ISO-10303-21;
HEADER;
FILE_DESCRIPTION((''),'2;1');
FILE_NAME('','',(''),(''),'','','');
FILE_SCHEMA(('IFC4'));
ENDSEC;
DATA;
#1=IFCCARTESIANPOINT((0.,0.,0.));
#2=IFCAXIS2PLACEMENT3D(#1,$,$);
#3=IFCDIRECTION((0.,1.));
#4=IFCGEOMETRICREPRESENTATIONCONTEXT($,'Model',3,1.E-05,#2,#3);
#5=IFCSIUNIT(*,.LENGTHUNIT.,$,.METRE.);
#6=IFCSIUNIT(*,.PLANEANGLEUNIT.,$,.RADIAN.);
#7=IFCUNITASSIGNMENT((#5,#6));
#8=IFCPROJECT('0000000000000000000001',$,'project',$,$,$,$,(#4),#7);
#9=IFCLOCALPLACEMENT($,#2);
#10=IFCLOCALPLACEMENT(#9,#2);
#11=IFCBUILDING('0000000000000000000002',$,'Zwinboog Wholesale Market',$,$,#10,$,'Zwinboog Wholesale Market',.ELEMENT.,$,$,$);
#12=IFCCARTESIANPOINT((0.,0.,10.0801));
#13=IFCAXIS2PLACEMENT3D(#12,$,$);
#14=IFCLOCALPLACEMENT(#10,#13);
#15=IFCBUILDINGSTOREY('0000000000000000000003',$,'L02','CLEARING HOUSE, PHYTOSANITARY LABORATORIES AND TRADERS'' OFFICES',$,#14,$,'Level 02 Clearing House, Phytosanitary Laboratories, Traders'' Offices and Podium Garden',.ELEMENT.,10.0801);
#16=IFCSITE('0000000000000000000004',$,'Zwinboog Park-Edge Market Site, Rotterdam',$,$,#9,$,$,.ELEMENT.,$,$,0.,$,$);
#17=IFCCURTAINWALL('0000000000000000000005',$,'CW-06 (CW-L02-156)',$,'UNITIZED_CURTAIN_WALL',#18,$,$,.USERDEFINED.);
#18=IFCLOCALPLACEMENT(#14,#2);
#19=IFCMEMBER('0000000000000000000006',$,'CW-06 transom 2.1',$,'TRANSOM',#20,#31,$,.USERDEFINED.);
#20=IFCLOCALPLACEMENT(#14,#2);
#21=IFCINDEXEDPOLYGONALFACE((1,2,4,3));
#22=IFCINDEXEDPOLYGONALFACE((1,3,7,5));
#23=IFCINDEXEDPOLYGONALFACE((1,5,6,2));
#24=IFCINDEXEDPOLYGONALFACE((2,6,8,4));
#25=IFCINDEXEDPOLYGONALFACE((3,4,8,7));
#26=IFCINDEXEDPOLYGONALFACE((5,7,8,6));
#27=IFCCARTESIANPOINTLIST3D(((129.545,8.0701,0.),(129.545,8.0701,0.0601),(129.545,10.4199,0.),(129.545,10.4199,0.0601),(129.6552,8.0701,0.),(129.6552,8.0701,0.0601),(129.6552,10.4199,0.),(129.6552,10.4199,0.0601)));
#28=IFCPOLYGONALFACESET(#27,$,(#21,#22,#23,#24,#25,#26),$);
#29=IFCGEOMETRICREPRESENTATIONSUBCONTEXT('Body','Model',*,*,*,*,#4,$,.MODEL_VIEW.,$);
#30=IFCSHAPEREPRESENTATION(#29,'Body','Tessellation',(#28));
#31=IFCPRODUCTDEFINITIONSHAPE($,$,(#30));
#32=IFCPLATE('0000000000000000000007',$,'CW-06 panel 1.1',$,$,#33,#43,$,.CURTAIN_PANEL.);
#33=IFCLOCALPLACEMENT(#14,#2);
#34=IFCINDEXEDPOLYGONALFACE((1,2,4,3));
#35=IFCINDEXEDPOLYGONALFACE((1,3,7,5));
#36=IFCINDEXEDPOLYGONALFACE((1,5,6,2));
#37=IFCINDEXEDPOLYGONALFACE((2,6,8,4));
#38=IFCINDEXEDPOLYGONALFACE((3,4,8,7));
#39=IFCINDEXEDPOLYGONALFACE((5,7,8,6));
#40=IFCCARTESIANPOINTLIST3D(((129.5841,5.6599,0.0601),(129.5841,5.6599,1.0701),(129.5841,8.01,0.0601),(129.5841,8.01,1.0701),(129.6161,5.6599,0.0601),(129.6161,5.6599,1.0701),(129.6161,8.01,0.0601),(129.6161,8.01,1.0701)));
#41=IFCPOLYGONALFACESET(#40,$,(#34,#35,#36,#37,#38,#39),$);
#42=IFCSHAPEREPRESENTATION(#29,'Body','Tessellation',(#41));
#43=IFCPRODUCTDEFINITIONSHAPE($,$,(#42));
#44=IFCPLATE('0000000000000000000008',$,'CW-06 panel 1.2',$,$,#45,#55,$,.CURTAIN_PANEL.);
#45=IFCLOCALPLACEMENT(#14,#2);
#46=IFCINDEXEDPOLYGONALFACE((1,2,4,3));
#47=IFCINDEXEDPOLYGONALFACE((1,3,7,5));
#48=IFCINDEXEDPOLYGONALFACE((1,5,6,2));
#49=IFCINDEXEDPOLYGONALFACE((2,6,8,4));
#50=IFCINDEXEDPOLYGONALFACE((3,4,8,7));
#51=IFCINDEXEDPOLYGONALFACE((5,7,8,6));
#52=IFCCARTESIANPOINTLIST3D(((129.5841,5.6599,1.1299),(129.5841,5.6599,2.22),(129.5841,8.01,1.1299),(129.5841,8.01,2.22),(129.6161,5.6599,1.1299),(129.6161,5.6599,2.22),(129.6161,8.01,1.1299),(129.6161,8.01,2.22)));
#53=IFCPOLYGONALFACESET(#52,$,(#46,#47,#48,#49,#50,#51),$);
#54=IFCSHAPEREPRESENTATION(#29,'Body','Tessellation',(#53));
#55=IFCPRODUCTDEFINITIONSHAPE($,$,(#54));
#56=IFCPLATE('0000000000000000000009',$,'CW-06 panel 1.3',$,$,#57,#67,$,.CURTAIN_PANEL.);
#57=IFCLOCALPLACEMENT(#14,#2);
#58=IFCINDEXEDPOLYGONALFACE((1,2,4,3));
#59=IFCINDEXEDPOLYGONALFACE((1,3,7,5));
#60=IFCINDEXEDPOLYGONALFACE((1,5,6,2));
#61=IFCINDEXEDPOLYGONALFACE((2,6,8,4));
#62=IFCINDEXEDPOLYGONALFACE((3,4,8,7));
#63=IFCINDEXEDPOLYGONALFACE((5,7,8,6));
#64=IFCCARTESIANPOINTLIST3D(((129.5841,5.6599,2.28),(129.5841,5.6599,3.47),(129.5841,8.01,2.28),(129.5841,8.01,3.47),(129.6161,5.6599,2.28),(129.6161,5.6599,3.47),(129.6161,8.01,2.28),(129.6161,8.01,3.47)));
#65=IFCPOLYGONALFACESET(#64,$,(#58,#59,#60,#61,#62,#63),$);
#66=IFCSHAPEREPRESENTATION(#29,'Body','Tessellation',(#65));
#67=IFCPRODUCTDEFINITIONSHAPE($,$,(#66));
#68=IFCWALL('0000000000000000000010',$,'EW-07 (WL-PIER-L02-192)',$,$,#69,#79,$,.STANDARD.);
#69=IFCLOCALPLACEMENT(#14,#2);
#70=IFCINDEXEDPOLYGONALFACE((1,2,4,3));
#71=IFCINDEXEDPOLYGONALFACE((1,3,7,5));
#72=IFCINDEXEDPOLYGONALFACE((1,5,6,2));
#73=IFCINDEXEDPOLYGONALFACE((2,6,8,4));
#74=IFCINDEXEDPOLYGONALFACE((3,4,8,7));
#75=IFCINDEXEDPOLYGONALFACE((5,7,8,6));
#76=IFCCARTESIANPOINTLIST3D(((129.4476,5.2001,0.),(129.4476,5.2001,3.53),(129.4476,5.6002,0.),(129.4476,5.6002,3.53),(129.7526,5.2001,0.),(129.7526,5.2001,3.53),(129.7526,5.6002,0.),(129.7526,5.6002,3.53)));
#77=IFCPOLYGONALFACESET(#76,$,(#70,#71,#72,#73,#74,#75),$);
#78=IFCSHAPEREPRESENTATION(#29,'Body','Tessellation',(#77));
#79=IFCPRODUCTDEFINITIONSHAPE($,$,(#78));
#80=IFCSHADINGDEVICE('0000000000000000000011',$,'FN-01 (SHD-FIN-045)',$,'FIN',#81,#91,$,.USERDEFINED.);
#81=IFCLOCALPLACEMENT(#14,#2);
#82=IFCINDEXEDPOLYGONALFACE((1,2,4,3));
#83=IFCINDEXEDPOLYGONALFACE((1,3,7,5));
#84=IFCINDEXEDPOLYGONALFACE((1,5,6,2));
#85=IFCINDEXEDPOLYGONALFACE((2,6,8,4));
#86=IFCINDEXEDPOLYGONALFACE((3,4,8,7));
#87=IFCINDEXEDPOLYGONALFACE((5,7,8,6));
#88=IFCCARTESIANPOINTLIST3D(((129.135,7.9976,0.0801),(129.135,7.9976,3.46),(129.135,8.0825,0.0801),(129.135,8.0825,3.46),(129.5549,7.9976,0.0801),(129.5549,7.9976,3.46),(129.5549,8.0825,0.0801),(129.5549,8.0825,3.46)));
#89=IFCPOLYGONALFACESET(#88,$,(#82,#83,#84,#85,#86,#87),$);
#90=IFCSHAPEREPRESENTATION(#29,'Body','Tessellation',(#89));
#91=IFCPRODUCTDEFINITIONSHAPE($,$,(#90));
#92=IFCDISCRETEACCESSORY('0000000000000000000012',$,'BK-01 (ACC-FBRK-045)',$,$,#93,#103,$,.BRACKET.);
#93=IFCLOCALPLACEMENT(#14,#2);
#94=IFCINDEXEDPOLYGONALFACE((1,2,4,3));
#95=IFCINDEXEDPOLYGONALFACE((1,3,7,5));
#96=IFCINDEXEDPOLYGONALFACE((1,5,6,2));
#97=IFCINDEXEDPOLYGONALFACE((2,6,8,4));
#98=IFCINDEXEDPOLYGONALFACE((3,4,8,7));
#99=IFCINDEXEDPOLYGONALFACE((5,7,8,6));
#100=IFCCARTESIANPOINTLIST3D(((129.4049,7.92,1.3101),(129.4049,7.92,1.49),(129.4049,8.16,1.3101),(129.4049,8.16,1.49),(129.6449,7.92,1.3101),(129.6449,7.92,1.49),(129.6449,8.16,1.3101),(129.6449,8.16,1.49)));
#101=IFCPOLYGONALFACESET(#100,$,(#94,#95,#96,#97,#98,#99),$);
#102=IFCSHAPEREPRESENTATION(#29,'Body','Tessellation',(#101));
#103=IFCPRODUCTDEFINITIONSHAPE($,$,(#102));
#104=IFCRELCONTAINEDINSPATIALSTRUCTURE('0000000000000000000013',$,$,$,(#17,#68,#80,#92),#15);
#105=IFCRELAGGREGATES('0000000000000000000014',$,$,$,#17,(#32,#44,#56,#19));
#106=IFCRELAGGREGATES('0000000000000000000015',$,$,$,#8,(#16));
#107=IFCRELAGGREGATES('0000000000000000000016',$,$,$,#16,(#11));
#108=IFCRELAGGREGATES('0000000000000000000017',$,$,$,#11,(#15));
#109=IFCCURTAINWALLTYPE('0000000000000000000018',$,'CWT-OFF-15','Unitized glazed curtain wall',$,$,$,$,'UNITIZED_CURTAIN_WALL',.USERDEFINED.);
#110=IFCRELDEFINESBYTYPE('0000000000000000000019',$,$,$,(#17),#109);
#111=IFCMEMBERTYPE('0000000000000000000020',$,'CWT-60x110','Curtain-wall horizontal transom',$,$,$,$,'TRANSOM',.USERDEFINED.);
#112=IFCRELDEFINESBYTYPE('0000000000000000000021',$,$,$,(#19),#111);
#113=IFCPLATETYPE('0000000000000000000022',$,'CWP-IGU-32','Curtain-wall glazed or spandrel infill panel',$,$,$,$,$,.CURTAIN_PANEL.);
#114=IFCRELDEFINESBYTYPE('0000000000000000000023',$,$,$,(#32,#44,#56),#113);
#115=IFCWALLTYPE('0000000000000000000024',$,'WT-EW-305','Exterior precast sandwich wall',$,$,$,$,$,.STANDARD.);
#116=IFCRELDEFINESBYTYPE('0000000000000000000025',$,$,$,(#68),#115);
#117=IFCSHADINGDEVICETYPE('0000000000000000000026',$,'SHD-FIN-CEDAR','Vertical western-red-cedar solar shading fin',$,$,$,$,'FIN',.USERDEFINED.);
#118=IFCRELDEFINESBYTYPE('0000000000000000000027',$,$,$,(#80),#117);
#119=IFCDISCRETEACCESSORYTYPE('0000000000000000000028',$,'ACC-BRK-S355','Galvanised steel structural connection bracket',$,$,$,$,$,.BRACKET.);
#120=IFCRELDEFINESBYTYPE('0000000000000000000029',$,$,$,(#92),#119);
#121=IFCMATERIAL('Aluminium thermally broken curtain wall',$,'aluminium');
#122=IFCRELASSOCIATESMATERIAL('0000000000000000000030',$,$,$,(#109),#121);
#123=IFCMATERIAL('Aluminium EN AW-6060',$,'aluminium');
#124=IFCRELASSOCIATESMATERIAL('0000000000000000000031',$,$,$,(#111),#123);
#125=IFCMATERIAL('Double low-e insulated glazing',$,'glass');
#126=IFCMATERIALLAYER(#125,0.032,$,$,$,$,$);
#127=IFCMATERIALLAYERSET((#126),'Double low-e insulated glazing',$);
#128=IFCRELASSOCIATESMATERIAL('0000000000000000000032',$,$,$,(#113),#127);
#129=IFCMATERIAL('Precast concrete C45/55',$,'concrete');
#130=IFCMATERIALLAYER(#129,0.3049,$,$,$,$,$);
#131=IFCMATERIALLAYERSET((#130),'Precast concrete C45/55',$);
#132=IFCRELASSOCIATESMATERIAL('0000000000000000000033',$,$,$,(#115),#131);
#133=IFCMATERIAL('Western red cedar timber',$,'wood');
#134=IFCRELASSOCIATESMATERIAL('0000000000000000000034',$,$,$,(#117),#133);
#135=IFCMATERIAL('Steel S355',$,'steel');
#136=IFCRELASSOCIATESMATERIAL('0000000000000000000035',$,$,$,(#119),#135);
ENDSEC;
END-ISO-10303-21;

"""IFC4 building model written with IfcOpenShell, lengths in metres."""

from ifc_helpers import new_model, si_unit, direction, frame, frame_2d, origin, origin_2d, place, context, subcontext, project, spatial, rectangle, extrude, material, layer, layer_set, material_profile, profile_set, type_object, element, aggregate, save


model = new_model("IFC4")

# Units and contexts
model_context = context("Model", 3, precision=1e-05, world=origin(), true_north=direction((0.0, 1.0)))
body_context = subcontext(model_context, "Body", "Model", "MODEL_VIEW")
ifc_project = project(units=[si_unit("LENGTHUNIT", "METRE"), si_unit("PLANEANGLEUNIT", "RADIAN")], contexts=[model_context])

# Site, building, storey
site_placement = place(None, origin())
site = spatial("IfcSite", under=ifc_project, at=site_placement, Name="Zwinboog Park-Edge Market Site, Rotterdam", CompositionType="ELEMENT", RefElevation=0.0)
building_placement = place(site_placement, origin())
building = spatial("IfcBuilding", under=site, at=building_placement, Name="Zwinboog Wholesale Market", LongName="Zwinboog Wholesale Market", CompositionType="ELEMENT")
storey_placement = place(building_placement, frame((0.0, 0.0, 10.0801)))
storey = spatial("IfcBuildingStorey", under=building, at=storey_placement, Name="L02", Description="CLEARING HOUSE, PHYTOSANITARY LABORATORIES AND TRADERS' OFFICES", LongName="Level 02 Clearing House, Phytosanitary Laboratories, Traders' Offices and Podium Garden", CompositionType="ELEMENT", Elevation=10.0801)

# Shared definitions
ifc_material_1 = material(Name="Precast concrete C45/55", Category="concrete")

# Curtain wall, member, plates
ifc_material_2 = material(Name="Aluminium thermally broken curtain wall", Category="aluminium")
curtain_wall_type = type_object("IfcCurtainWallType", Name="CWT-OFF-15", Description="Unitized glazed curtain wall", ElementType="UNITIZED_CURTAIN_WALL", PredefinedType="USERDEFINED", material=ifc_material_2)
curtain_wall_placement = place(storey_placement, origin())
curtain_wall = element("IfcCurtainWall", 1, at=curtain_wall_placement, inside=storey, type_object=curtain_wall_type, Name="CW-06 (CW-L02-156)", ObjectType="UNITIZED_CURTAIN_WALL", PredefinedType="USERDEFINED")
ifc_material_3 = material(Name="Aluminium EN AW-6060", Category="aluminium")
ifc_material_profile_1 = material_profile(ifc_material_3, rectangle(XDim=0.1101, YDim=0.0601, at=origin_2d()), Name="AL 60x110")
ifc_profile_set_1 = profile_set([ifc_material_profile_1], Name="Aluminium EN AW-6060")
member_type_1 = type_object("IfcMemberType", Name="CWT-60x110", Description="Curtain-wall horizontal transom", ElementType="TRANSOM", PredefinedType="USERDEFINED", material=ifc_profile_set_1)
member_1_placement = place(storey_placement, frame((129.6001, 8.0701, 0.03), z_axis=(0.0, 1.0, 0.0), x_axis=(-1.0, 0.0, 0.0)))
member_1 = element("IfcMember", 2, at=member_1_placement, type_object=member_type_1, Name="CW-06 transom 2.1", ObjectType="TRANSOM", PredefinedType="USERDEFINED", context=body_context, shape_type="SweptSolid", body=[
    extrude(rectangle(XDim=0.1101, YDim=0.0601, at=origin_2d()), origin(), (0.0, 0.0, 1.0), 2.3499),
])
ifc_material_4 = material(Name="Double low-e insulated glazing", Category="glass")
ifc_layer_1 = layer(ifc_material_4, 0.032)
ifc_layer_set_1 = layer_set([ifc_layer_1], Name="Double low-e insulated glazing")
plate_type = type_object("IfcPlateType", Name="CWP-IGU-32", Description="Curtain-wall glazed or spandrel infill panel", PredefinedType="CURTAIN_PANEL", material=ifc_layer_set_1)
plate_1_placement = place(storey_placement, frame((129.6001, 6.835, 0.0601), z_axis=(0.0, 0.0, 1.0), x_axis=(0.0, 1.0, 0.0)))
plate_1 = element("IfcPlate", 3, at=plate_1_placement, type_object=plate_type, Name="CW-06 panel 1.1", PredefinedType="CURTAIN_PANEL", context=body_context, shape_type="SweptSolid", body=[
    extrude(rectangle(XDim=2.3501, YDim=0.032, at=origin_2d()), origin(), (0.0, 0.0, 1.0), 1.01),
])
plate_2_placement = place(storey_placement, frame((129.6001, 6.835, 1.1299), z_axis=(0.0, 0.0, 1.0), x_axis=(0.0, 1.0, 0.0)))
plate_2 = element("IfcPlate", 4, at=plate_2_placement, type_object=plate_type, Name="CW-06 panel 1.2", PredefinedType="CURTAIN_PANEL", context=body_context, shape_type="SweptSolid", body=[
    extrude(rectangle(XDim=2.3501, YDim=0.032, at=origin_2d()), origin(), (0.0, 0.0, 1.0), 1.0901),
])
plate_3_placement = place(storey_placement, frame((129.6001, 6.835, 2.28), z_axis=(0.0, 0.0, 1.0), x_axis=(0.0, 1.0, 0.0)))
plate_3 = element("IfcPlate", 5, at=plate_3_placement, type_object=plate_type, Name="CW-06 panel 1.3", PredefinedType="CURTAIN_PANEL", context=body_context, shape_type="SweptSolid", body=[
    extrude(rectangle(XDim=2.3501, YDim=0.032, at=origin_2d()), origin(), (0.0, 0.0, 1.0), 1.1899),
])
aggregate(curtain_wall, [plate_1, plate_2, plate_3, member_1])

# Wall
ifc_layer_2 = layer(ifc_material_1, 0.3049)
ifc_layer_set_2 = layer_set([ifc_layer_2], Name="Precast concrete C45/55")
wall_type = type_object("IfcWallType", Name="WT-EW-305", Description="Exterior precast sandwich wall", PredefinedType="STANDARD", material=ifc_layer_set_2)
wall_placement = place(storey_placement, frame((129.6001, 5.2, 0.0), z_axis=(0.0, 0.0, 1.0), x_axis=(0.0, 1.0, 0.0)))
element("IfcWall", 6, at=wall_placement, inside=storey, type_object=wall_type, Name="EW-07 (WL-PIER-L02-192)", PredefinedType="STANDARD", context=body_context, shape_type="SweptSolid", body=[
    extrude(rectangle(XDim=0.4001, YDim=0.3049, at=frame_2d((0.2002, 0.0))), origin(), (0.0, 0.0, 1.0), 3.53),
])

# Shading device
ifc_material_5 = material(Name="Western red cedar timber", Category="wood")
shading_device_type = type_object("IfcShadingDeviceType", Name="SHD-FIN-CEDAR", Description="Vertical western-red-cedar solar shading fin", ElementType="FIN", PredefinedType="USERDEFINED", material=ifc_material_5)
shading_device_placement = place(storey_placement, frame((129.345, 8.04, 0.0801), z_axis=(0.0, 0.0, 1.0), x_axis=(1.0, 0.0, 0.0)))
element("IfcShadingDevice", 7, at=shading_device_placement, inside=storey, type_object=shading_device_type, Name="FN-01 (SHD-FIN-045)", ObjectType="FIN", PredefinedType="USERDEFINED", context=body_context, shape_type="SweptSolid", body=[
    extrude(rectangle(XDim=0.4199, YDim=0.085, at=origin_2d()), origin(), (0.0, 0.0, 1.0), 3.3799),
])

# Discrete accessory
ifc_material_6 = material(Name="Steel S355", Category="steel")
discrete_accessory_type = type_object("IfcDiscreteAccessoryType", Name="ACC-BRK-S355", Description="Galvanised steel structural connection bracket", PredefinedType="BRACKET", material=ifc_material_6)
discrete_accessory_placement = place(storey_placement, frame((129.5249, 8.04, 1.3101), z_axis=(0.0, 0.0, 1.0), x_axis=(1.0, 0.0, 0.0)))
element("IfcDiscreteAccessory", 8, at=discrete_accessory_placement, inside=storey, type_object=discrete_accessory_type, Name="BK-01 (ACC-FBRK-045)", PredefinedType="BRACKET", context=body_context, shape_type="SweptSolid", body=[
    extrude(rectangle(XDim=0.24, YDim=0.24, at=origin_2d()), origin(), (0.0, 0.0, 1.0), 0.1799),
])

save(model, "model.ifc")
